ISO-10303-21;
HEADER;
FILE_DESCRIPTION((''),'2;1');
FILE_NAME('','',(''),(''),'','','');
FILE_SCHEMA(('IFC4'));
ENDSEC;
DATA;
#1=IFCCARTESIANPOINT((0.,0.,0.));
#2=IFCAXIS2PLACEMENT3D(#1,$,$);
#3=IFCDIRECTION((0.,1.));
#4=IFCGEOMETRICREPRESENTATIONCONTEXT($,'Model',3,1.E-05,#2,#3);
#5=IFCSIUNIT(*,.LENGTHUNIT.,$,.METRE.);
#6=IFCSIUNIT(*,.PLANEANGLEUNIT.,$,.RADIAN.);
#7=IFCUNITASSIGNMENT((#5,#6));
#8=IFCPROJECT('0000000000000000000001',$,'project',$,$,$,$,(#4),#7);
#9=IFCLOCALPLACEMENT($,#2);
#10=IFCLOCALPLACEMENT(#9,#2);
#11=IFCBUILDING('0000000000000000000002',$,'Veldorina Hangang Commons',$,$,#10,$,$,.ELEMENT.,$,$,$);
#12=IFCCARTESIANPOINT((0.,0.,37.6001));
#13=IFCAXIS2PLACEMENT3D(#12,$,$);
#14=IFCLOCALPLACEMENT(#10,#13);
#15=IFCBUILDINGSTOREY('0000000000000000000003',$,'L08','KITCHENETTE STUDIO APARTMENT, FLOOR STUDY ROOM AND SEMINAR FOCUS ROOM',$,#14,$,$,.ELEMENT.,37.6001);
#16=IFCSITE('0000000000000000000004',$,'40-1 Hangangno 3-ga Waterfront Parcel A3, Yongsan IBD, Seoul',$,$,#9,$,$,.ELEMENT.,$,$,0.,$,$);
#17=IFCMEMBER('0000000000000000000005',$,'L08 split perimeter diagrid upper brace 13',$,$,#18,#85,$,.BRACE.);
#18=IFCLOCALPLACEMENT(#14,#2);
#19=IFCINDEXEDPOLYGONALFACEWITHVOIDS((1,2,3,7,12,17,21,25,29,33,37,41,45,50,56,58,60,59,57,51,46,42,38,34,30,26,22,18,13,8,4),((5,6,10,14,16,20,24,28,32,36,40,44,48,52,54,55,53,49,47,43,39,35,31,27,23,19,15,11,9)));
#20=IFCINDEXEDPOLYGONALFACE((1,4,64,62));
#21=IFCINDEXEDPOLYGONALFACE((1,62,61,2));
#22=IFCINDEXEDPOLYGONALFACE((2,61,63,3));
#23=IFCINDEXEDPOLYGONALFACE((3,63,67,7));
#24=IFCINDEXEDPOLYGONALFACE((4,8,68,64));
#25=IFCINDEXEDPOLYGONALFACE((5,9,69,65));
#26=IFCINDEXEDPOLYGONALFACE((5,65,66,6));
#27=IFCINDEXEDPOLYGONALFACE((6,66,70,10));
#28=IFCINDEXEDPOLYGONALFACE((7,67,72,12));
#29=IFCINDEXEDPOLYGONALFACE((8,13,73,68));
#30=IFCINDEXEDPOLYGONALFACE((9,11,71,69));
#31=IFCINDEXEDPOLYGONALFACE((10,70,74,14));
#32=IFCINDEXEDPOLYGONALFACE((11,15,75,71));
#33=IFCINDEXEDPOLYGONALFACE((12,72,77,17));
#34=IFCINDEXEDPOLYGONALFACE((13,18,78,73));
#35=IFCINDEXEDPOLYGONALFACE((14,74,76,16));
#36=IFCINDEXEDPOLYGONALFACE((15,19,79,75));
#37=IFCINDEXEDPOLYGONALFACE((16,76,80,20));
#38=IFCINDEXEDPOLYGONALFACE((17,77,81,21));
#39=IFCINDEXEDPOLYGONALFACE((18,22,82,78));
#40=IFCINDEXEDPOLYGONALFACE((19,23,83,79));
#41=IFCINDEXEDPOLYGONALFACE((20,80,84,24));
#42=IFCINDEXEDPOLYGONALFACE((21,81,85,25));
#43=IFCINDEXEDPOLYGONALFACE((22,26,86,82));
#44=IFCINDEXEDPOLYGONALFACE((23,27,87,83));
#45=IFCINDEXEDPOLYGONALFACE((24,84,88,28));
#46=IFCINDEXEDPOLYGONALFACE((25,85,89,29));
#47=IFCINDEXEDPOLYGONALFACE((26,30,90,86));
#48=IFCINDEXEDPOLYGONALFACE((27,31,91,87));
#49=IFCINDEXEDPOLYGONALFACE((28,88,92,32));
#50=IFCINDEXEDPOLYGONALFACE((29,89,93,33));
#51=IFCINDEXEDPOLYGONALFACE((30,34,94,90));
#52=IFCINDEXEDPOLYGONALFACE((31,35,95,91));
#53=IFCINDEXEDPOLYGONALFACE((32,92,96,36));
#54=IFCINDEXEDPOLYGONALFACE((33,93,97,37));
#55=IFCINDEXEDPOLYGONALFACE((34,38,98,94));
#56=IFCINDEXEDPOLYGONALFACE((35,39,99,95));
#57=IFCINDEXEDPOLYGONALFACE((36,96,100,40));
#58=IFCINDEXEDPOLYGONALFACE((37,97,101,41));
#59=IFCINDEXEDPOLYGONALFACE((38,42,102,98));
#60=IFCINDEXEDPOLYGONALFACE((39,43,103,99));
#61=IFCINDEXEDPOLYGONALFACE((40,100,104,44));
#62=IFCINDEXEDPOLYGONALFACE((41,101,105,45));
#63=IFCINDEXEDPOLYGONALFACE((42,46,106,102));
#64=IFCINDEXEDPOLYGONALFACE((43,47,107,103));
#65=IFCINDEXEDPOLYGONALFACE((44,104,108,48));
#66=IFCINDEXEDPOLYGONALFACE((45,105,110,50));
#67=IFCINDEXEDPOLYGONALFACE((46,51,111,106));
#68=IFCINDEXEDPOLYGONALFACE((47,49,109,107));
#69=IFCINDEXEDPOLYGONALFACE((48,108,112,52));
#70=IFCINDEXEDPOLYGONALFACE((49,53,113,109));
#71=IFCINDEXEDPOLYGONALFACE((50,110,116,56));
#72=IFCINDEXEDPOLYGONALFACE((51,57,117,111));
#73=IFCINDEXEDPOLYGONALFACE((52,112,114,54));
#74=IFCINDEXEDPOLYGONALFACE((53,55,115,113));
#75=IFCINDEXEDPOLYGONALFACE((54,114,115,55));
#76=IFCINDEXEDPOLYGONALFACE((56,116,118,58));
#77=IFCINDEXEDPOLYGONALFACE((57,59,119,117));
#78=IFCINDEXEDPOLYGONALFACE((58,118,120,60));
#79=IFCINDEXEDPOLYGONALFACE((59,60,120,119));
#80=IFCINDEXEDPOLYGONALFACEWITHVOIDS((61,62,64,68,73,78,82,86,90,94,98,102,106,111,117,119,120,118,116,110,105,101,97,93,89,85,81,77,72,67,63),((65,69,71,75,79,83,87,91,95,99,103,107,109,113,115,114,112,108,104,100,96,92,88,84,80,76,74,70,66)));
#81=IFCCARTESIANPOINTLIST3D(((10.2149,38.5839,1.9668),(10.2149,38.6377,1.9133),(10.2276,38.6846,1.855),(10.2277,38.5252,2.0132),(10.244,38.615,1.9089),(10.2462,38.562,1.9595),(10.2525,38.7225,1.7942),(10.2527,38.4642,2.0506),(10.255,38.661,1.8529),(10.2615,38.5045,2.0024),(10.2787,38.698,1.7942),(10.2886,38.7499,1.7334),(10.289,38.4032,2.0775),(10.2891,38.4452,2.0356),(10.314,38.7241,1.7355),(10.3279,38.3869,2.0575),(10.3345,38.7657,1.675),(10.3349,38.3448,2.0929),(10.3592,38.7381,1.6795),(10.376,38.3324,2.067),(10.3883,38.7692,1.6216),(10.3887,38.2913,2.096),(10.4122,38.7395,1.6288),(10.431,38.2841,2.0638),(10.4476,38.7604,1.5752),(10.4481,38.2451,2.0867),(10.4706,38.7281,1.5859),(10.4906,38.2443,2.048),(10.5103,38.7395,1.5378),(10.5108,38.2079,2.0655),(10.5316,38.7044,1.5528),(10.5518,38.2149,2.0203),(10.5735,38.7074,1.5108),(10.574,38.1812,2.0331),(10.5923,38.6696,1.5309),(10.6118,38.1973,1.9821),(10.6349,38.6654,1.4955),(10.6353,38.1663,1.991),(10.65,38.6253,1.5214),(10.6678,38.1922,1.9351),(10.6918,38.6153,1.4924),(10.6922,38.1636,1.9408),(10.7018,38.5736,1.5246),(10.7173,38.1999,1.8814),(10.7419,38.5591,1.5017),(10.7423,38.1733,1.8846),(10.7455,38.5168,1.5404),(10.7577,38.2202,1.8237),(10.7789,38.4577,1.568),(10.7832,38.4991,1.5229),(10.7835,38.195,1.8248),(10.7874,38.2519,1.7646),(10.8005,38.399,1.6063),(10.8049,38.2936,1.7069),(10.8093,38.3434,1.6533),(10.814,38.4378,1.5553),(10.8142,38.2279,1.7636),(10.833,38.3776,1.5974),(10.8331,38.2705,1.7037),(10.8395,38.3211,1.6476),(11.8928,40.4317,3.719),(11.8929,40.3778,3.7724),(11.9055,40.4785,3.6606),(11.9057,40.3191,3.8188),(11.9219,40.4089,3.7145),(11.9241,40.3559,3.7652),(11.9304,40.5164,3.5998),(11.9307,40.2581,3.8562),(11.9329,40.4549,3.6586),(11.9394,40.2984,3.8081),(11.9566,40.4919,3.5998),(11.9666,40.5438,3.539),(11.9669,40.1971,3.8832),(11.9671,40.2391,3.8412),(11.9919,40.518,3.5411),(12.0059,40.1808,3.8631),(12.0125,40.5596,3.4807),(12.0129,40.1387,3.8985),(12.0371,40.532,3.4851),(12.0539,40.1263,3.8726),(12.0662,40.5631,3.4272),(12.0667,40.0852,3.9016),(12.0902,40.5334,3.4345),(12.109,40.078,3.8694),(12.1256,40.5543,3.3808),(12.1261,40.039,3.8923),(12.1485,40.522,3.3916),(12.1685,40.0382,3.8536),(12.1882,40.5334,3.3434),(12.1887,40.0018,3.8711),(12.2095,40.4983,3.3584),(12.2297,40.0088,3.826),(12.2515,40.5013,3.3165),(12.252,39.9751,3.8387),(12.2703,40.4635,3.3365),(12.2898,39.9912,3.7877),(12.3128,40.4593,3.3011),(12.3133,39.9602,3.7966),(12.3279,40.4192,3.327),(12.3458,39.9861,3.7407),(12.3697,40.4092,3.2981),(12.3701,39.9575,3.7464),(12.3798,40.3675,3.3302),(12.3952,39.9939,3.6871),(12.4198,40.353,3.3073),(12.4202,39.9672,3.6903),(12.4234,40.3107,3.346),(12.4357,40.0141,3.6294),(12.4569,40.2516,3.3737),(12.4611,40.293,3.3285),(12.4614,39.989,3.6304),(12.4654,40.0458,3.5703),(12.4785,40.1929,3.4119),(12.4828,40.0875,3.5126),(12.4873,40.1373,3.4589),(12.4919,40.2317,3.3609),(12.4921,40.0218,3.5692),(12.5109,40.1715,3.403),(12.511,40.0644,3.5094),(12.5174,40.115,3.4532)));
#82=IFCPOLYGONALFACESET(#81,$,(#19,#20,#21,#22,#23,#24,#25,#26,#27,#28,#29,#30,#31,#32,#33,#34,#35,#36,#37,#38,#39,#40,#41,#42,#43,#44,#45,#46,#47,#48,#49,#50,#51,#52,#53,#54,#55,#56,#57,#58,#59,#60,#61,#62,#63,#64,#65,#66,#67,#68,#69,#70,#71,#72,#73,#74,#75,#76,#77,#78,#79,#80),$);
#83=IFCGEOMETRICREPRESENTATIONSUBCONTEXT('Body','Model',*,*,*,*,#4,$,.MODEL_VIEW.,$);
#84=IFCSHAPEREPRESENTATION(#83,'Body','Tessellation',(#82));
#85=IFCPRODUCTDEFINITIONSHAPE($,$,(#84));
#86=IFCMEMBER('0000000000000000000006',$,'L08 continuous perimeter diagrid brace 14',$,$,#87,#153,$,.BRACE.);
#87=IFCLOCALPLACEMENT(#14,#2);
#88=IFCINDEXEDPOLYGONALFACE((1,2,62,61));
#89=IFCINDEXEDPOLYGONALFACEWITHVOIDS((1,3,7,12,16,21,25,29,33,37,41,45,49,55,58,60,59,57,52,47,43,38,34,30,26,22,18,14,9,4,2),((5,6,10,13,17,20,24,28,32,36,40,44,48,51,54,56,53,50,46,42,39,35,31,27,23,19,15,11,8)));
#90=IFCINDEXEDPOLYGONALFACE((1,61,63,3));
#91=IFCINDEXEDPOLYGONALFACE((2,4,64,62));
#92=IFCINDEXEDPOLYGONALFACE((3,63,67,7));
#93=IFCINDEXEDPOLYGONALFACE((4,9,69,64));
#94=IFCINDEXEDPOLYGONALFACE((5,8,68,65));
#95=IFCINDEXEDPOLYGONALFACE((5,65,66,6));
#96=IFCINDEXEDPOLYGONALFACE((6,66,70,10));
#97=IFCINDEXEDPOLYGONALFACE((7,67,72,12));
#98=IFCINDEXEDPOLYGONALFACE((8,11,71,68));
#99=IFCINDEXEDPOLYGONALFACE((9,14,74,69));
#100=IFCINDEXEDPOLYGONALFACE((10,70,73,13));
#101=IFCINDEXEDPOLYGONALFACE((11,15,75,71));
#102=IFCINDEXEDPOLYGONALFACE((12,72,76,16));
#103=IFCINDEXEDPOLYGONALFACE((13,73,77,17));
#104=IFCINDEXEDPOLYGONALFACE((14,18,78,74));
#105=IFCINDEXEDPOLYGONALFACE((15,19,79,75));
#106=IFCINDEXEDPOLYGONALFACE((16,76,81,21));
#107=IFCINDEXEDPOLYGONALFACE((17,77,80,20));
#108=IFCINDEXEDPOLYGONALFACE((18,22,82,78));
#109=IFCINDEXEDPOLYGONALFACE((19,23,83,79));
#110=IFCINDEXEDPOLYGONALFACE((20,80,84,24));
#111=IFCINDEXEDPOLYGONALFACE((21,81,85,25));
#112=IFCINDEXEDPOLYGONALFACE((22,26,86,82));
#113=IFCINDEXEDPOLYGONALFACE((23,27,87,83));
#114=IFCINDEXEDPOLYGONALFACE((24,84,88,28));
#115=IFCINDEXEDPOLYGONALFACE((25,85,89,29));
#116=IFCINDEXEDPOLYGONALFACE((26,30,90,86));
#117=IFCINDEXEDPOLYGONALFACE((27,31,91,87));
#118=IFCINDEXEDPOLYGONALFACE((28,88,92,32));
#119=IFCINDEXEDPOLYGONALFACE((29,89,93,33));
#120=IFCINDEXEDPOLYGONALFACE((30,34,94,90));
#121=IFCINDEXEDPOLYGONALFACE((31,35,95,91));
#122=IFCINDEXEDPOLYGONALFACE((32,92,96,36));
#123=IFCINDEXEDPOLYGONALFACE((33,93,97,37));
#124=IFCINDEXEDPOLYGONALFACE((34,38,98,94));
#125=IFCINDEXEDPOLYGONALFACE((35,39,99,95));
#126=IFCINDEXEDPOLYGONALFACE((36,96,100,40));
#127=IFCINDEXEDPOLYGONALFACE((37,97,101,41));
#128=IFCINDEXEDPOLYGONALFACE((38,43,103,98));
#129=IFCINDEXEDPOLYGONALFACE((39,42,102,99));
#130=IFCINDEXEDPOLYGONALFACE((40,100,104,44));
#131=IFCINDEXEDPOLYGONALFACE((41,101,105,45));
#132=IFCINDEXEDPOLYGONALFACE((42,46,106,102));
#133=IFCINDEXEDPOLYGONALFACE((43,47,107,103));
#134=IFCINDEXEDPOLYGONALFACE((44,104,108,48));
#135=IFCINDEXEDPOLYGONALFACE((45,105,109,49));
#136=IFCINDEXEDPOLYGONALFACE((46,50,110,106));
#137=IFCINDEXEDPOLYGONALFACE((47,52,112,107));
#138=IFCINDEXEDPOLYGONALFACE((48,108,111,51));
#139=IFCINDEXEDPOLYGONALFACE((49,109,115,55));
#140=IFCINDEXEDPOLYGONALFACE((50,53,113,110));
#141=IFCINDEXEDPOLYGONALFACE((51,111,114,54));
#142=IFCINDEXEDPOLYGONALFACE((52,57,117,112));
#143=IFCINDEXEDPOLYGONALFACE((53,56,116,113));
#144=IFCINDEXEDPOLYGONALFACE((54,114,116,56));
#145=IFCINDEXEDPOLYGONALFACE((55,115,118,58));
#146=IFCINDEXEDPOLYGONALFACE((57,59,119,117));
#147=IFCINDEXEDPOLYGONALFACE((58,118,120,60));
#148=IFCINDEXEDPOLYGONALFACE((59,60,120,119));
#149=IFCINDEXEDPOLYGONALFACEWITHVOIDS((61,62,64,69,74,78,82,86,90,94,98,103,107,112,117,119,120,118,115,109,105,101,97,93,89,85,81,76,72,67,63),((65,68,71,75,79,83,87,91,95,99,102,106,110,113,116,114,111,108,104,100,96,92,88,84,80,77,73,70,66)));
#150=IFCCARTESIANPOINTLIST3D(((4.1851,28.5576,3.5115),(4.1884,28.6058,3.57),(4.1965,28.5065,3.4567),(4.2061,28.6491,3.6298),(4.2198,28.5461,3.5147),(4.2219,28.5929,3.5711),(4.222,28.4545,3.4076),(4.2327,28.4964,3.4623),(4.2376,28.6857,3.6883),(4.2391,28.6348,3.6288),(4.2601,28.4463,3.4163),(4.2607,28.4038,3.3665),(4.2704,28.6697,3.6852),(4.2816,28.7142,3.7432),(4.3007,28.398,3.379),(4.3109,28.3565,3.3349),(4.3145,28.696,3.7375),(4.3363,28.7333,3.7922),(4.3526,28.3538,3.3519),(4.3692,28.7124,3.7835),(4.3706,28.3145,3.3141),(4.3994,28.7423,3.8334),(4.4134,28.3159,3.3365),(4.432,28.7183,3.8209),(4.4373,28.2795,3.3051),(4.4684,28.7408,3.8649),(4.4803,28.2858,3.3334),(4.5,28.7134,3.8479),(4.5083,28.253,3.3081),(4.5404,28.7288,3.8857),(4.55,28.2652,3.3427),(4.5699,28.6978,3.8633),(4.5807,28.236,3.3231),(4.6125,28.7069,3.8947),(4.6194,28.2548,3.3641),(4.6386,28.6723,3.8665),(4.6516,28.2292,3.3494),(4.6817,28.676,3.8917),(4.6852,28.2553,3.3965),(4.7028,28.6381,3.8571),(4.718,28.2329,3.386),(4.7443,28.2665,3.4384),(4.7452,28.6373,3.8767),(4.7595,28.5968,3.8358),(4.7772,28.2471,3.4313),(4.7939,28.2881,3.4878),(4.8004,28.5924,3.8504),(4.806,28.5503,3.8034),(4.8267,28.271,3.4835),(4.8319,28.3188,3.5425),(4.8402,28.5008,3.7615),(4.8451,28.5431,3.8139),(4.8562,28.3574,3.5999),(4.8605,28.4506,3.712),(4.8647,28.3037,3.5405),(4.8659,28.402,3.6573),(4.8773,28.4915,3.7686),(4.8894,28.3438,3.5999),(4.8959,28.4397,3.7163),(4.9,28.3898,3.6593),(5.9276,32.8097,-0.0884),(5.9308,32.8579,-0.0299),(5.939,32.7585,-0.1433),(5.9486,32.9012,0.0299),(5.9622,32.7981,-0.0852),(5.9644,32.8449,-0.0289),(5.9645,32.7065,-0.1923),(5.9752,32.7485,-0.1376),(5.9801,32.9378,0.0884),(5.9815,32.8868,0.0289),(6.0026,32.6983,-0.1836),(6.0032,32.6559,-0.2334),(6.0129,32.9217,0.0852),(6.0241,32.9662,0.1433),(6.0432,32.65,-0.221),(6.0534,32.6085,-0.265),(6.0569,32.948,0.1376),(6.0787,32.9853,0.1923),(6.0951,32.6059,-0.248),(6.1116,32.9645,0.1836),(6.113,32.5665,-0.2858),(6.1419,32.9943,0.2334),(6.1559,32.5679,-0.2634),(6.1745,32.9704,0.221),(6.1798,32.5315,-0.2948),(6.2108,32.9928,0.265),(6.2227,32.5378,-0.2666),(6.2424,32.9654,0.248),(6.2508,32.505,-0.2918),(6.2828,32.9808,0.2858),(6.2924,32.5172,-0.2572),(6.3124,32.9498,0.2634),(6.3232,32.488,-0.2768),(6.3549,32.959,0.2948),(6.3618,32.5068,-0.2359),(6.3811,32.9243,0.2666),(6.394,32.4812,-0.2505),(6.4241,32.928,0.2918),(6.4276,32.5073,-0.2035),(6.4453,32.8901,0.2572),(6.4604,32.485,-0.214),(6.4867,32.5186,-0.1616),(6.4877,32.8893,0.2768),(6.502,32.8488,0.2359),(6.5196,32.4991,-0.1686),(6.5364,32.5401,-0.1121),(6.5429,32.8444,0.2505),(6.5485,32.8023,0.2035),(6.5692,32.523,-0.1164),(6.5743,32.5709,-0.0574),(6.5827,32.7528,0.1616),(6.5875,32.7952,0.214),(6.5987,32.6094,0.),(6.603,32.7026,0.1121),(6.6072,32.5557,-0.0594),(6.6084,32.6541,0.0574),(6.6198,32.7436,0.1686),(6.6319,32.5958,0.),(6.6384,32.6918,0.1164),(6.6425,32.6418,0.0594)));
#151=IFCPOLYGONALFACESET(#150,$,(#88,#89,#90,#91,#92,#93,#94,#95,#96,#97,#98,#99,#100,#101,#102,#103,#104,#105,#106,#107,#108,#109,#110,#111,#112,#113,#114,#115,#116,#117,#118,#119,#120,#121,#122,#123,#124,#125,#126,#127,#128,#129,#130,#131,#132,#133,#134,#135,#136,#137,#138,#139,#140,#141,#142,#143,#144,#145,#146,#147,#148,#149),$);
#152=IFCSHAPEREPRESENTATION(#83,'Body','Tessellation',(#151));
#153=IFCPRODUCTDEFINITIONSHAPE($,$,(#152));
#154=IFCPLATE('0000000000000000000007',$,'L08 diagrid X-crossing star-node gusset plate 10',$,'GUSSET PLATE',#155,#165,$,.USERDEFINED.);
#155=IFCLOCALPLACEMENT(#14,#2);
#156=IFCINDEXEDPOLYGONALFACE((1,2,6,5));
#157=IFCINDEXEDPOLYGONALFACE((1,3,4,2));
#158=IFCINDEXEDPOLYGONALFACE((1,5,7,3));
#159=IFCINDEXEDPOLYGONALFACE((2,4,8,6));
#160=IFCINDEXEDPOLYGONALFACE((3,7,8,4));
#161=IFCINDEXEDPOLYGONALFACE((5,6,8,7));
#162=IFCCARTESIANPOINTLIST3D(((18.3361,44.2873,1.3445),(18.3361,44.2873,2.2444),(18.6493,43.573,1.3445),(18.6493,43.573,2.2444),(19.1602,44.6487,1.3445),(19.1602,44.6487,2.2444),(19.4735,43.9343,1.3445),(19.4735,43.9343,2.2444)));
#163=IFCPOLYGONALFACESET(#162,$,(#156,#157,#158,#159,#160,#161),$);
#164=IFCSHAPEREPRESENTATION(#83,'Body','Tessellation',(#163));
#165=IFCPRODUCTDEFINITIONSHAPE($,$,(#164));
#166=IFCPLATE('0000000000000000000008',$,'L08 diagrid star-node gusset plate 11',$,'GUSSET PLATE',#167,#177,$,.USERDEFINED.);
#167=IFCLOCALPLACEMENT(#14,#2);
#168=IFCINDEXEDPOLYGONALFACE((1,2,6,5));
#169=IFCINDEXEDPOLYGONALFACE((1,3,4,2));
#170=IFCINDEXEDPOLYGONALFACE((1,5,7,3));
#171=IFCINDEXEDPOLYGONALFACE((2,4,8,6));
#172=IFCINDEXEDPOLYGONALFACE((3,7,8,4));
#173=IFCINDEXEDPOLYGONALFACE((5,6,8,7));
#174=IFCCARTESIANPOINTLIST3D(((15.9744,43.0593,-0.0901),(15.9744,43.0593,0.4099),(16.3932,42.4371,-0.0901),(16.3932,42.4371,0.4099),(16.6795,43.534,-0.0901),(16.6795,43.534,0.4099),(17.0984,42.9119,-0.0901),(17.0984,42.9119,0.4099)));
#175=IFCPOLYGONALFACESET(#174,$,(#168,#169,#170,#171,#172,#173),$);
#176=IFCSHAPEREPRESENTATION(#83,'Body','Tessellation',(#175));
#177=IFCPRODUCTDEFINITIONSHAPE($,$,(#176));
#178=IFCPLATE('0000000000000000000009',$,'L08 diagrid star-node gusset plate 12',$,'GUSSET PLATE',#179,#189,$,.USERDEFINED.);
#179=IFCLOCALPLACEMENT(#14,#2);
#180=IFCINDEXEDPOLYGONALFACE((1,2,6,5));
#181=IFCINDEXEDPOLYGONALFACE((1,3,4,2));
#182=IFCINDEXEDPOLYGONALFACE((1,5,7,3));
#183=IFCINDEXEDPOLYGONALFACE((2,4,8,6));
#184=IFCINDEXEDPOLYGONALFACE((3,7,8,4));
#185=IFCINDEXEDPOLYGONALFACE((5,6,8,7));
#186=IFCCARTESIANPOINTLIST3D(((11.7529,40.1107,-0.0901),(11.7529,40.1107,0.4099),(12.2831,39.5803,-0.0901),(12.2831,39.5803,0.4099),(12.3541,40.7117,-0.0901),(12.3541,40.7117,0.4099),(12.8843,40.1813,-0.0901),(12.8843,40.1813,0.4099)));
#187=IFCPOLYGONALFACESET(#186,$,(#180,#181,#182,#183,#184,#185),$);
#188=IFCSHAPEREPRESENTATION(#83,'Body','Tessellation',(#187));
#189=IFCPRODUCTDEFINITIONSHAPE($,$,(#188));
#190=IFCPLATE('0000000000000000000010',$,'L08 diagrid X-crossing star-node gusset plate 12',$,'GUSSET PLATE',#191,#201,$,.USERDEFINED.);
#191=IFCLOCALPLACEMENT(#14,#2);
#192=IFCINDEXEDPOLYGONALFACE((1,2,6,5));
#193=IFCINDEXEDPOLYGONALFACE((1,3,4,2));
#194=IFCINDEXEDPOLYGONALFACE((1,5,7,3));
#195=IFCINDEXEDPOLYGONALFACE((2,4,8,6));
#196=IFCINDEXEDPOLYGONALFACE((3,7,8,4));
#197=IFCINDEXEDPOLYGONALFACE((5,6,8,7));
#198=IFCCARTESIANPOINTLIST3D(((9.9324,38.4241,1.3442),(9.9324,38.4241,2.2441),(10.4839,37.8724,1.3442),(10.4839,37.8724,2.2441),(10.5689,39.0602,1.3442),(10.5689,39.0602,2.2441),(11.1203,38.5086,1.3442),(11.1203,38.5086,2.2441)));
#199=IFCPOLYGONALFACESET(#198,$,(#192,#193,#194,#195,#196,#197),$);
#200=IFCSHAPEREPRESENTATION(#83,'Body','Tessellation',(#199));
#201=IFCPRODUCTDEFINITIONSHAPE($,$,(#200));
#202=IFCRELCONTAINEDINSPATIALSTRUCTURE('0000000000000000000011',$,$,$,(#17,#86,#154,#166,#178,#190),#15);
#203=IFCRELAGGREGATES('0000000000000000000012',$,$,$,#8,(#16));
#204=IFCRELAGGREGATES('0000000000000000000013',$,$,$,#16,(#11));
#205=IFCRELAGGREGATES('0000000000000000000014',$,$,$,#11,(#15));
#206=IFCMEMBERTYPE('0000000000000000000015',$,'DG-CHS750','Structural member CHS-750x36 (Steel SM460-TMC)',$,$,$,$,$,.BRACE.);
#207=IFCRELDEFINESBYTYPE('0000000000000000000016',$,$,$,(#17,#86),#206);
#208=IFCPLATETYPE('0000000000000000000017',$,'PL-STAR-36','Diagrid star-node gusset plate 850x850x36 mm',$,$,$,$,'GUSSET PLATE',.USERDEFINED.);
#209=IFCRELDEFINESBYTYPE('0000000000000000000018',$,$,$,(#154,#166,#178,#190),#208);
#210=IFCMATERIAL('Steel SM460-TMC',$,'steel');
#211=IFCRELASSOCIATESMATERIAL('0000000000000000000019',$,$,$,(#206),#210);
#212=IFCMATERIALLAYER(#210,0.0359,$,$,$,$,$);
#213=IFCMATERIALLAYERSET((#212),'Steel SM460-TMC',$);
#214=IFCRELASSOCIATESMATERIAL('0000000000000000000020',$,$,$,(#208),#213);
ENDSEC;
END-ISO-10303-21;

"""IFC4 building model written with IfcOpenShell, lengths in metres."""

from ifc_helpers import new_model, si_unit, direction, frame, origin, origin_2d, place, context, subcontext, project, spatial, rectangle, hollow_circle, extrude, material, layer, layer_set, material_profile, profile_set, type_object, element, save


model = new_model("IFC4")

# Units and contexts
model_context = context("Model", 3, precision=1e-05, world=origin(), true_north=direction((0.0, 1.0)))
body_context = subcontext(model_context, "Body", "Model", "MODEL_VIEW")
ifc_project = project(units=[si_unit("LENGTHUNIT", "METRE"), si_unit("PLANEANGLEUNIT", "RADIAN")], contexts=[model_context])

# Site, building, storey
site_placement = place(None, origin())
site = spatial("IfcSite", under=ifc_project, at=site_placement, Name="40-1 Hangangno 3-ga Waterfront Parcel A3, Yongsan IBD, Seoul", CompositionType="ELEMENT", RefElevation=0.0)
building_placement = place(site_placement, origin())
building = spatial("IfcBuilding", under=site, at=building_placement, Name="Veldorina Hangang Commons", CompositionType="ELEMENT")
storey_placement = place(building_placement, frame((0.0, 0.0, 37.6001)))
storey = spatial("IfcBuildingStorey", under=building, at=storey_placement, Name="L08", Description="KITCHENETTE STUDIO APARTMENT, FLOOR STUDY ROOM AND SEMINAR FOCUS ROOM", CompositionType="ELEMENT", Elevation=37.6001)

# Shared definitions
ifc_material_1 = material(Name="Steel SM460-TMC", Category="steel")

# Members
ifc_material_profile_1 = material_profile(ifc_material_1, hollow_circle(Radius=0.375, WallThickness=0.0359, at=origin_2d()), Name="CHS-750x36")
ifc_profile_set_1 = profile_set([ifc_material_profile_1], Name="Steel SM460-TMC")
member_type = type_object("IfcMemberType", Name="DG-CHS750", Description="Structural member CHS-750x36 (Steel SM460-TMC)", PredefinedType="BRACE", material=ifc_profile_set_1)
member_1_placement = place(storey_placement, frame((10.5264, 38.4663, 1.7942), z_axis=(0.5504, 0.588439, 0.592283), x_axis=(-0.730318, 0.683108, 0.0)))
element("IfcMember", 1, at=member_1_placement, inside=storey, type_object=member_type, Name="L08 split perimeter diagrid upper brace 13", PredefinedType="BRACE", context=body_context, shape_type="SweptSolid", body=[
    extrude(hollow_circle(Radius=0.375, WallThickness=0.0359, at=origin_2d()), origin(), (0.0, 0.0, 1.0), 3.0486),
])
member_2_placement = place(storey_placement, frame((6.2849, 32.738, 0.0), z_axis=(-0.298499, -0.72841, 0.616698), x_axis=(0.925318, -0.379191, 0.0)))
element("IfcMember", 2, at=member_2_placement, inside=storey, type_object=member_type, Name="L08 continuous perimeter diagrid brace 14", PredefinedType="BRACE", context=body_context, shape_type="SweptSolid", body=[
    extrude(hollow_circle(Radius=0.375, WallThickness=0.0359, at=origin_2d()), origin(), (0.0, 0.0, 1.0), 5.8374),
])

# Plates
ifc_layer_1 = layer(ifc_material_1, 0.0359)
ifc_layer_set_1 = layer_set([ifc_layer_1], Name="Steel SM460-TMC")
plate_type = type_object("IfcPlateType", Name="PL-STAR-36", Description="Diagrid star-node gusset plate 850x850x36 mm", ElementType="GUSSET PLATE", PredefinedType="USERDEFINED", material=ifc_layer_set_1)
plate_1_placement = place(storey_placement, frame((18.9048, 44.1108, 1.3445), z_axis=(0.0, 0.0, 1.0), x_axis=(-0.915824, -0.40158, 0.0)))
element("IfcPlate", 3, at=plate_1_placement, inside=storey, type_object=plate_type, Name="L08 diagrid X-crossing star-node gusset plate 10", ObjectType="GUSSET PLATE", PredefinedType="USERDEFINED", context=body_context, shape_type="SweptSolid", body=[
    extrude(rectangle(XDim=0.8999, YDim=0.78, at=origin_2d()), origin(), (0.0, 0.0, 1.0), 0.8999),
])
for number, where, z_axis, x_axis, name in (
    (4, (16.5364, 42.9856, -0.0901), (0.0, 0.0, 1.0), (-0.829525, -0.558469, 0.0), "L08 diagrid star-node gusset plate 11"),
    (5, (12.3186, 40.146, -0.0901), (0.0, 0.0, 1.0), (-0.707255, -0.706959, 0.0), "L08 diagrid star-node gusset plate 12"),
):
    element("IfcPlate", number, at=place(storey_placement, frame(where, z_axis=z_axis, x_axis=x_axis)), inside=storey, type_object=plate_type, Name=name, ObjectType="GUSSET PLATE", PredefinedType="USERDEFINED", context=body_context, shape_type="SweptSolid", body=[
        extrude(rectangle(XDim=0.8501, YDim=0.75, at=origin_2d()), origin(), (0.0, 0.0, 1.0), 0.5),
    ])
plate_2_placement = place(storey_placement, frame((10.5264, 38.4663, 1.3442), z_axis=(0.0, 0.0, 1.0), x_axis=(-0.707255, -0.706959, 0.0)))
element("IfcPlate", 6, at=plate_2_placement, inside=storey, type_object=plate_type, Name="L08 diagrid X-crossing star-node gusset plate 12", ObjectType="GUSSET PLATE", PredefinedType="USERDEFINED", context=body_context, shape_type="SweptSolid", body=[
    extrude(rectangle(XDim=0.8999, YDim=0.78, at=origin_2d()), origin(), (0.0, 0.0, 1.0), 0.8999),
])

save(model, "model.ifc")
